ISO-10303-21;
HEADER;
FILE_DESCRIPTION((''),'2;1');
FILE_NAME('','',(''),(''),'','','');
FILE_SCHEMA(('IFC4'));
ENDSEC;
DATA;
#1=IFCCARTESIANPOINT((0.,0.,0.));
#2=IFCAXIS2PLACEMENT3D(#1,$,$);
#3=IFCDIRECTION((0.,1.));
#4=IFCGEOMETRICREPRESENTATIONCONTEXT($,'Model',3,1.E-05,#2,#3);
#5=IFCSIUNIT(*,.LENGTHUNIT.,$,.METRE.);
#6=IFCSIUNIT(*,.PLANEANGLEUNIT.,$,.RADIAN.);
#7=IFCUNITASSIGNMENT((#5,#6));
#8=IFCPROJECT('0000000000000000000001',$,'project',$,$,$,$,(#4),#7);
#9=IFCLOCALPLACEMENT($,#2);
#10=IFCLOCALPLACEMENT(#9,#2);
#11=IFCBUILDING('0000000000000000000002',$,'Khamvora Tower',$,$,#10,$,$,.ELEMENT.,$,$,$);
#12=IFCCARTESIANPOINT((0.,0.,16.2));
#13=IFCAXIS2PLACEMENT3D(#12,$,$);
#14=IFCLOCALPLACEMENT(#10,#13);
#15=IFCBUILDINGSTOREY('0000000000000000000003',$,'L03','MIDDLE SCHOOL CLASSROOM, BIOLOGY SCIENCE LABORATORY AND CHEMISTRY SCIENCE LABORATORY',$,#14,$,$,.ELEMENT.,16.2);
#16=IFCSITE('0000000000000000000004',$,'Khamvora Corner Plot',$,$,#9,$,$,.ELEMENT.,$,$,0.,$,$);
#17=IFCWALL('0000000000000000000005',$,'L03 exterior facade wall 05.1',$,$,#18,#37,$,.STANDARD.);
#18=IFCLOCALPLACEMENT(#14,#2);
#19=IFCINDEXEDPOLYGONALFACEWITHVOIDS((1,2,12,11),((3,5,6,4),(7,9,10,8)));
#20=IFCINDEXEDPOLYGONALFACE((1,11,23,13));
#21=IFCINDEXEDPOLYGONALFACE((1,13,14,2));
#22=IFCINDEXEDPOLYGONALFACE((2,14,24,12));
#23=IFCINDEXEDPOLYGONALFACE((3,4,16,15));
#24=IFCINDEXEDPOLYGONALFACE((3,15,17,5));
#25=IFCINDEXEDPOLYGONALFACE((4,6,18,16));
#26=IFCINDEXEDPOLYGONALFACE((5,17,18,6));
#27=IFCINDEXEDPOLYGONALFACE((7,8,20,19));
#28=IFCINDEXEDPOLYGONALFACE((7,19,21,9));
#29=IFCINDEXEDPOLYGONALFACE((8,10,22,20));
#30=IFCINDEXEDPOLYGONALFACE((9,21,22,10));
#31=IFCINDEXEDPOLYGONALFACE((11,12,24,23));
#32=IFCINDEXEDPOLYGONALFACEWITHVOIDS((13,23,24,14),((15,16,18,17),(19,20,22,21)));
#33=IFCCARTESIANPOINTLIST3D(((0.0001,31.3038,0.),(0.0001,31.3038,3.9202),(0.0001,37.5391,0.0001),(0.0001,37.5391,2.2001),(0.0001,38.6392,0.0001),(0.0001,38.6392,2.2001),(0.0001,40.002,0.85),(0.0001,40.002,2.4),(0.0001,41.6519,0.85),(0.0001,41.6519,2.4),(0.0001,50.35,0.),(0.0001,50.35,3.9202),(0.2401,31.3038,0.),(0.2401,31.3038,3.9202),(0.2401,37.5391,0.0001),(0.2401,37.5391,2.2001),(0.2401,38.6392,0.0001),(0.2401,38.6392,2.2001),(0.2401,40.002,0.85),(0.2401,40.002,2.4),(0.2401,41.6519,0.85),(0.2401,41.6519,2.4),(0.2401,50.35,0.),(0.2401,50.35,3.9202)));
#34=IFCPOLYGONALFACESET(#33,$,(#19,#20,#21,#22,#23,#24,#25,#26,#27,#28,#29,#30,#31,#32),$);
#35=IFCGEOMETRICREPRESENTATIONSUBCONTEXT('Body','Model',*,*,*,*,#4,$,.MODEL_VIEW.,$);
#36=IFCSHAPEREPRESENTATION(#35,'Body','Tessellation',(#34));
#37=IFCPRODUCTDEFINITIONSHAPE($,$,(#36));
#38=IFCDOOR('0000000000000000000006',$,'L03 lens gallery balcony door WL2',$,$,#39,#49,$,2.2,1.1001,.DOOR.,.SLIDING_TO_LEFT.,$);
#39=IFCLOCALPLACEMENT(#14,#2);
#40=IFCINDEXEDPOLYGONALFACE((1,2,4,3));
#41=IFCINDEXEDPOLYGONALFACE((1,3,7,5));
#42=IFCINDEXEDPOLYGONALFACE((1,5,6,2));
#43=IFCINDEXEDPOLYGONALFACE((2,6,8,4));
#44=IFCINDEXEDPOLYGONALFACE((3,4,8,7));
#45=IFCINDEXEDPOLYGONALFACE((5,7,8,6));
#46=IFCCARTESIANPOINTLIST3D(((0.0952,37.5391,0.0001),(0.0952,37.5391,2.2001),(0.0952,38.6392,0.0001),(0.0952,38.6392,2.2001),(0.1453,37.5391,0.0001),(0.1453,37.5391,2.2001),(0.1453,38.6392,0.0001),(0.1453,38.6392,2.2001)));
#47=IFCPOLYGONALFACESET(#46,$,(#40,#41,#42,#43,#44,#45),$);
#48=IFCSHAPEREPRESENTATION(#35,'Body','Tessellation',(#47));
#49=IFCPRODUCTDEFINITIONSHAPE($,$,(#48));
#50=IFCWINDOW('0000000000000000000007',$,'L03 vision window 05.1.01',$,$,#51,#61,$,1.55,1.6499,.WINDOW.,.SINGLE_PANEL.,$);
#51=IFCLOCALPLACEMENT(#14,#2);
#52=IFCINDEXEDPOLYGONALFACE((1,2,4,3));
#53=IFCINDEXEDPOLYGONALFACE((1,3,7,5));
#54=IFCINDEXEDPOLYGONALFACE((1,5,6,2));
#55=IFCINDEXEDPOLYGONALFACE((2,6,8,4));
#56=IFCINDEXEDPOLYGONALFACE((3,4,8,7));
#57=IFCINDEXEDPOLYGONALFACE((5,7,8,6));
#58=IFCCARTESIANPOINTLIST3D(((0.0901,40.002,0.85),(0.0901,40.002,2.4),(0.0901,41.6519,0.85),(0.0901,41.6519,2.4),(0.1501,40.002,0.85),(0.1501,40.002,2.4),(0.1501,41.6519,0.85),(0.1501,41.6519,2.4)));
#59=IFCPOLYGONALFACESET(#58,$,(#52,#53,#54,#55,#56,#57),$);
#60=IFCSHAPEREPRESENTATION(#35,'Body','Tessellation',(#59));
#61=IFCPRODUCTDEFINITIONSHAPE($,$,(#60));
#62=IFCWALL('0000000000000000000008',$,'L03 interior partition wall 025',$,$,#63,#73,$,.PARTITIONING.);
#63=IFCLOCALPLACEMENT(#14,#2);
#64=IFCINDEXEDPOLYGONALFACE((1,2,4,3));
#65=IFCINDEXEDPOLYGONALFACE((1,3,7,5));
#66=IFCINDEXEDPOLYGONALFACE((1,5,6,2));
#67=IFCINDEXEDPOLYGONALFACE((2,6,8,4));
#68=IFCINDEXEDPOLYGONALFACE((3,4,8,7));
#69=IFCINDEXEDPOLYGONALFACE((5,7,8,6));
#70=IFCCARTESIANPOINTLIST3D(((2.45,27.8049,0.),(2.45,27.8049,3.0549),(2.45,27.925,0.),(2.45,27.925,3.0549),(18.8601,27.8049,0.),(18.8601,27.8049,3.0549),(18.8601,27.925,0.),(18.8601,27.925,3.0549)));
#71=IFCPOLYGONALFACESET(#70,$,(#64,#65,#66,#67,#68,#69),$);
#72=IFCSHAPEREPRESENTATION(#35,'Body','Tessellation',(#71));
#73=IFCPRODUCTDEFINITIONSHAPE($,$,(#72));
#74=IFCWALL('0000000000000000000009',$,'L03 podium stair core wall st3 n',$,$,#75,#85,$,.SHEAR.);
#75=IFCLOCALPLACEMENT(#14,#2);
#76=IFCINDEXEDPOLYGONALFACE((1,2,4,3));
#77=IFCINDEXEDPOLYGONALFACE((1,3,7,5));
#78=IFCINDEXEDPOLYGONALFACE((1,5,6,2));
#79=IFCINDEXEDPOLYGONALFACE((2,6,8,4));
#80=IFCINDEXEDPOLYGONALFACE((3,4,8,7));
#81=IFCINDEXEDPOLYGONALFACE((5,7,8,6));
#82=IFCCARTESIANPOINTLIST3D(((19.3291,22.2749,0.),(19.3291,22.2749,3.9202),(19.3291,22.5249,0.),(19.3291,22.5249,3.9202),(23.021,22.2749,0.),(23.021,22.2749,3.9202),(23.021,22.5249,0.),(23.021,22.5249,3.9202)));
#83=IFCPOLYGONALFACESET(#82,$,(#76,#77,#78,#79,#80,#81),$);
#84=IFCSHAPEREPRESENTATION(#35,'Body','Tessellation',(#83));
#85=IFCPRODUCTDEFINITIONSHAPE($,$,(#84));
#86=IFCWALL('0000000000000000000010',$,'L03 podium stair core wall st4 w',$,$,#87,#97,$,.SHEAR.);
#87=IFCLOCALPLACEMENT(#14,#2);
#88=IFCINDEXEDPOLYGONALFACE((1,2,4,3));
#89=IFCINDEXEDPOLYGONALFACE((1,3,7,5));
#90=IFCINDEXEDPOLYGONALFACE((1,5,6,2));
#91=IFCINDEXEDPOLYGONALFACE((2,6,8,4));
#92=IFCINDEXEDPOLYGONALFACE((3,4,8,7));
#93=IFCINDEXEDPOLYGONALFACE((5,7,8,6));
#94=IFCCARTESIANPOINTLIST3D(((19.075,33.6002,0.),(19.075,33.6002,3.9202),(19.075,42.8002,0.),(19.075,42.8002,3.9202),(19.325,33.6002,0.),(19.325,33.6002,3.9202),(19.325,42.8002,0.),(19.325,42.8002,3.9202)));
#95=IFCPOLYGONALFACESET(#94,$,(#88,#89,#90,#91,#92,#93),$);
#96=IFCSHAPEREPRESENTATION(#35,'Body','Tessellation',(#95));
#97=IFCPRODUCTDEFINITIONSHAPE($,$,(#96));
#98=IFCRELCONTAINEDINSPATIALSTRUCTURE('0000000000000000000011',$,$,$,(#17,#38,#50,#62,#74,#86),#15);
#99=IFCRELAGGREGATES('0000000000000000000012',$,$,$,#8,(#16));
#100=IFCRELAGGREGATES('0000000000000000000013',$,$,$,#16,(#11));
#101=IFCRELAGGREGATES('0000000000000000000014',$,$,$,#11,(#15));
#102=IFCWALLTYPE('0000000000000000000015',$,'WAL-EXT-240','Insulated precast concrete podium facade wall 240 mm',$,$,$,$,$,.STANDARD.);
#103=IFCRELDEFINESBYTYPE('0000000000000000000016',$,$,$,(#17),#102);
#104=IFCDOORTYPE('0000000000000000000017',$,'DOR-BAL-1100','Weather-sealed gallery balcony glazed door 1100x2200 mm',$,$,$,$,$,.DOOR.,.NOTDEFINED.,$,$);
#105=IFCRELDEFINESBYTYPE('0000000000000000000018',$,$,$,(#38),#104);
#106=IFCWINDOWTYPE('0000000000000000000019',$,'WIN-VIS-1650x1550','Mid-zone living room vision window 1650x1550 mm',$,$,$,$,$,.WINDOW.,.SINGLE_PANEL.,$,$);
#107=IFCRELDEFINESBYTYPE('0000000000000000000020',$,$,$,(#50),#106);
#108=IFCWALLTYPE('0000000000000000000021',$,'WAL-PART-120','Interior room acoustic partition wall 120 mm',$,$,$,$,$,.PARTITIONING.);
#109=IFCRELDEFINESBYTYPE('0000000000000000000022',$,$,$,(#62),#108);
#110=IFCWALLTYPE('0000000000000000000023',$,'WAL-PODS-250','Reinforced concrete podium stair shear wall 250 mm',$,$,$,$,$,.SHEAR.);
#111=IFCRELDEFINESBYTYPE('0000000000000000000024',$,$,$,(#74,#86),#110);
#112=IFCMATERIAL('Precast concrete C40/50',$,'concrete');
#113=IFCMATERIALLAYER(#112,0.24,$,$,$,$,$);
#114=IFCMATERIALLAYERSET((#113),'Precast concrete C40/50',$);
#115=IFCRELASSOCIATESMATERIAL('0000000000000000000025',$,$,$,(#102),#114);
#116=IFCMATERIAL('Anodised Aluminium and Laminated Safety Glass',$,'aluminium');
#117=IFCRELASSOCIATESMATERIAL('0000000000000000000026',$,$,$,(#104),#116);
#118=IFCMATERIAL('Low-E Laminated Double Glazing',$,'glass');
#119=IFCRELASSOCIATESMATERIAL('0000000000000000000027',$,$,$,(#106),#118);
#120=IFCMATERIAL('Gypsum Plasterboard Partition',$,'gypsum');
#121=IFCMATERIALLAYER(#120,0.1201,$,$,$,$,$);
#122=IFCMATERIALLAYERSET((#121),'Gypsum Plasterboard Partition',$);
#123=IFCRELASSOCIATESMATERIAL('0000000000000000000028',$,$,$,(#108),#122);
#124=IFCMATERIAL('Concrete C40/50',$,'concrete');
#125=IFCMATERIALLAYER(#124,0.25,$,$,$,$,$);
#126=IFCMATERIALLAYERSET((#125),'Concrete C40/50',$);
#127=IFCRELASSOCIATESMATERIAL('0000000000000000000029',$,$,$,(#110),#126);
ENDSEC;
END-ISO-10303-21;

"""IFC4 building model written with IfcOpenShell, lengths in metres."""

from ifc_helpers import new_model, si_unit, direction, frame, frame_2d, origin, place, context, subcontext, project, spatial, rectangle, extrude, material, layer, layer_set, type_object, element, fill, save


model = new_model("IFC4")

# Units and contexts
model_context = context("Model", 3, precision=1e-05, world=origin(), true_north=direction((0.0, 1.0)))
body_context = subcontext(model_context, "Body", "Model", "MODEL_VIEW")
ifc_project = project(units=[si_unit("LENGTHUNIT", "METRE"), si_unit("PLANEANGLEUNIT", "RADIAN")], contexts=[model_context])

# Site, building, storey
site_placement = place(None, origin())
site = spatial("IfcSite", under=ifc_project, at=site_placement, Name="Khamvora Corner Plot", CompositionType="ELEMENT", RefElevation=0.0)
building_placement = place(site_placement, origin())
building = spatial("IfcBuilding", under=site, at=building_placement, Name="Khamvora Tower", CompositionType="ELEMENT")
storey_placement = place(building_placement, frame((0.0, 0.0, 16.2)))
storey = spatial("IfcBuildingStorey", under=building, at=storey_placement, Name="L03", Description="MIDDLE SCHOOL CLASSROOM, BIOLOGY SCIENCE LABORATORY AND CHEMISTRY SCIENCE LABORATORY", CompositionType="ELEMENT", Elevation=16.2)

# Shared definitions
ifc_material_1 = material(Name="Precast concrete C40/50", Category="concrete")
ifc_layer_1 = layer(ifc_material_1, 0.24)
ifc_layer_set_1 = layer_set([ifc_layer_1], Name="Precast concrete C40/50")
wall_type_1 = type_object("IfcWallType", Name="WAL-EXT-240", Description="Insulated precast concrete podium facade wall 240 mm", PredefinedType="STANDARD", material=ifc_layer_set_1)

# Wall, openings, door, window
wall_1_placement = place(storey_placement, frame((0.1201, 31.304, 0.0), z_axis=(0.0, 0.0, 1.0), x_axis=(0.0, 1.0, 0.0)))
wall_1 = element("IfcWall", 1, at=wall_1_placement, inside=storey, type_object=wall_type_1, Name="L03 exterior facade wall 05.1", PredefinedType="STANDARD", context=body_context, shape_type="SweptSolid", body=[
    extrude(rectangle(XDim=19.0461, YDim=0.24, at=frame_2d((9.5229, 0.0))), origin(), (0.0, 0.0, 1.0), 3.9202),
])
opening_1_placement = place(wall_1_placement, frame((6.2351, 0.0, 0.0)))
opening_1 = element("IfcOpeningElement", 2, at=opening_1_placement, cuts=wall_1, PredefinedType="OPENING", context=body_context, shape_type="SweptSolid", body=[
    extrude(rectangle(XDim=1.1001, YDim=2.2, at=frame_2d((0.55, 1.1001))), frame((0.0, 0.1299, 0.0), z_axis=(0.0, -1.0, 0.0), x_axis=(1.0, 0.0, 0.0)), (0.0, 0.0, 1.0), 0.26),
])
opening_2_placement = place(wall_1_placement, frame((8.698, 0.0, 0.8501)))
opening_2 = element("IfcOpeningElement", 3, at=opening_2_placement, cuts=wall_1, PredefinedType="OPENING", context=body_context, shape_type="SweptSolid", body=[
    extrude(rectangle(XDim=1.6499, YDim=1.55, at=frame_2d((0.825, 0.7749))), frame((0.0, 0.1299, 0.0), z_axis=(0.0, -1.0, 0.0), x_axis=(1.0, 0.0, 0.0)), (0.0, 0.0, 1.0), 0.26),
])
ifc_material_2 = material(Name="Anodised Aluminium and Laminated Safety Glass", Category="aluminium")
door_type_1 = type_object("IfcDoorType", Name="DOR-BAL-1100", Description="Weather-sealed gallery balcony glazed door 1100x2200 mm", OperationType="NOTDEFINED", PredefinedType="DOOR", material=ifc_material_2)
door_1_placement = place(opening_1_placement, origin())
door_1 = element("IfcDoor", 4, at=door_1_placement, inside=storey, type_object=door_type_1, Name="L03 lens gallery balcony door WL2", OperationType="SLIDING_TO_LEFT", OverallHeight=2.2, OverallWidth=1.1001, PredefinedType="DOOR", context=body_context, shape_type="SweptSolid", body=[
    extrude(rectangle(XDim=1.1001, YDim=2.2, at=frame_2d((0.55, 1.1001))), frame((0.0, 0.0249, 0.0), z_axis=(0.0, -1.0, 0.0), x_axis=(1.0, 0.0, 0.0)), (0.0, 0.0, 1.0), 0.05),
])
fill(opening_1, door_1)
ifc_material_3 = material(Name="Low-E Laminated Double Glazing", Category="glass")
window_type = type_object("IfcWindowType", Name="WIN-VIS-1650x1550", Description="Mid-zone living room vision window 1650x1550 mm", PartitioningType="SINGLE_PANEL", PredefinedType="WINDOW", material=ifc_material_3)
window_placement = place(opening_2_placement, origin())
window = element("IfcWindow", 5, at=window_placement, inside=storey, type_object=window_type, Name="L03 vision window 05.1.01", OverallHeight=1.55, OverallWidth=1.6499, PartitioningType="SINGLE_PANEL", PredefinedType="WINDOW", context=body_context, shape_type="SweptSolid", body=[
    extrude(rectangle(XDim=1.6499, YDim=1.55, at=frame_2d((0.825, 0.7749))), frame((0.0, 0.03, 0.0), z_axis=(0.0, -1.0, 0.0), x_axis=(1.0, 0.0, 0.0)), (0.0, 0.0, 1.0), 0.0601),
])
fill(opening_2, window)

# Walls
ifc_material_4 = material(Name="Gypsum Plasterboard Partition", Category="gypsum")
ifc_layer_2 = layer(ifc_material_4, 0.1201)
ifc_layer_set_2 = layer_set([ifc_layer_2], Name="Gypsum Plasterboard Partition")
wall_type_2 = type_object("IfcWallType", Name="WAL-PART-120", Description="Interior room acoustic partition wall 120 mm", PredefinedType="PARTITIONING", material=ifc_layer_set_2)
wall_2_placement = place(storey_placement, frame((2.45, 27.865, 0.0), z_axis=(0.0, 0.0, 1.0), x_axis=(1.0, 0.0, 0.0)))
element("IfcWall", 6, at=wall_2_placement, inside=storey, type_object=wall_type_2, Name="L03 interior partition wall 025", PredefinedType="PARTITIONING", context=body_context, shape_type="SweptSolid", body=[
    extrude(rectangle(XDim=16.4102, YDim=0.1201, at=frame_2d((8.2051, 0.0))), origin(), (0.0, 0.0, 1.0), 3.0549),
])
ifc_material_5 = material(Name="Concrete C40/50", Category="concrete")
ifc_layer_3 = layer(ifc_material_5, 0.25)
ifc_layer_set_3 = layer_set([ifc_layer_3], Name="Concrete C40/50")
wall_type_3 = type_object("IfcWallType", Name="WAL-PODS-250", Description="Reinforced concrete podium stair shear wall 250 mm", PredefinedType="SHEAR", material=ifc_layer_set_3)
wall_3_placement = place(storey_placement, frame((19.3291, 22.3999, 0.0), z_axis=(0.0, 0.0, 1.0), x_axis=(1.0, 0.0, 0.0)))
element("IfcWall", 7, at=wall_3_placement, inside=storey, type_object=wall_type_3, Name="L03 podium stair core wall st3 n", PredefinedType="SHEAR", context=body_context, shape_type="SweptSolid", body=[
    extrude(rectangle(XDim=3.6919, YDim=0.25, at=frame_2d((1.8459, 0.0))), origin(), (0.0, 0.0, 1.0), 3.9202),
])
wall_4_placement = place(storey_placement, frame((19.2, 33.6001, 0.0), z_axis=(0.0, 0.0, 1.0), x_axis=(0.0, 1.0, 0.0)))
element("IfcWall", 8, at=wall_4_placement, inside=storey, type_object=wall_type_3, Name="L03 podium stair core wall st4 w", PredefinedType="SHEAR", context=body_context, shape_type="SweptSolid", body=[
    extrude(rectangle(XDim=9.2, YDim=0.25, at=frame_2d((4.6001, 0.0))), origin(), (0.0, 0.0, 1.0), 3.9202),
])

save(model, "model.ifc")
